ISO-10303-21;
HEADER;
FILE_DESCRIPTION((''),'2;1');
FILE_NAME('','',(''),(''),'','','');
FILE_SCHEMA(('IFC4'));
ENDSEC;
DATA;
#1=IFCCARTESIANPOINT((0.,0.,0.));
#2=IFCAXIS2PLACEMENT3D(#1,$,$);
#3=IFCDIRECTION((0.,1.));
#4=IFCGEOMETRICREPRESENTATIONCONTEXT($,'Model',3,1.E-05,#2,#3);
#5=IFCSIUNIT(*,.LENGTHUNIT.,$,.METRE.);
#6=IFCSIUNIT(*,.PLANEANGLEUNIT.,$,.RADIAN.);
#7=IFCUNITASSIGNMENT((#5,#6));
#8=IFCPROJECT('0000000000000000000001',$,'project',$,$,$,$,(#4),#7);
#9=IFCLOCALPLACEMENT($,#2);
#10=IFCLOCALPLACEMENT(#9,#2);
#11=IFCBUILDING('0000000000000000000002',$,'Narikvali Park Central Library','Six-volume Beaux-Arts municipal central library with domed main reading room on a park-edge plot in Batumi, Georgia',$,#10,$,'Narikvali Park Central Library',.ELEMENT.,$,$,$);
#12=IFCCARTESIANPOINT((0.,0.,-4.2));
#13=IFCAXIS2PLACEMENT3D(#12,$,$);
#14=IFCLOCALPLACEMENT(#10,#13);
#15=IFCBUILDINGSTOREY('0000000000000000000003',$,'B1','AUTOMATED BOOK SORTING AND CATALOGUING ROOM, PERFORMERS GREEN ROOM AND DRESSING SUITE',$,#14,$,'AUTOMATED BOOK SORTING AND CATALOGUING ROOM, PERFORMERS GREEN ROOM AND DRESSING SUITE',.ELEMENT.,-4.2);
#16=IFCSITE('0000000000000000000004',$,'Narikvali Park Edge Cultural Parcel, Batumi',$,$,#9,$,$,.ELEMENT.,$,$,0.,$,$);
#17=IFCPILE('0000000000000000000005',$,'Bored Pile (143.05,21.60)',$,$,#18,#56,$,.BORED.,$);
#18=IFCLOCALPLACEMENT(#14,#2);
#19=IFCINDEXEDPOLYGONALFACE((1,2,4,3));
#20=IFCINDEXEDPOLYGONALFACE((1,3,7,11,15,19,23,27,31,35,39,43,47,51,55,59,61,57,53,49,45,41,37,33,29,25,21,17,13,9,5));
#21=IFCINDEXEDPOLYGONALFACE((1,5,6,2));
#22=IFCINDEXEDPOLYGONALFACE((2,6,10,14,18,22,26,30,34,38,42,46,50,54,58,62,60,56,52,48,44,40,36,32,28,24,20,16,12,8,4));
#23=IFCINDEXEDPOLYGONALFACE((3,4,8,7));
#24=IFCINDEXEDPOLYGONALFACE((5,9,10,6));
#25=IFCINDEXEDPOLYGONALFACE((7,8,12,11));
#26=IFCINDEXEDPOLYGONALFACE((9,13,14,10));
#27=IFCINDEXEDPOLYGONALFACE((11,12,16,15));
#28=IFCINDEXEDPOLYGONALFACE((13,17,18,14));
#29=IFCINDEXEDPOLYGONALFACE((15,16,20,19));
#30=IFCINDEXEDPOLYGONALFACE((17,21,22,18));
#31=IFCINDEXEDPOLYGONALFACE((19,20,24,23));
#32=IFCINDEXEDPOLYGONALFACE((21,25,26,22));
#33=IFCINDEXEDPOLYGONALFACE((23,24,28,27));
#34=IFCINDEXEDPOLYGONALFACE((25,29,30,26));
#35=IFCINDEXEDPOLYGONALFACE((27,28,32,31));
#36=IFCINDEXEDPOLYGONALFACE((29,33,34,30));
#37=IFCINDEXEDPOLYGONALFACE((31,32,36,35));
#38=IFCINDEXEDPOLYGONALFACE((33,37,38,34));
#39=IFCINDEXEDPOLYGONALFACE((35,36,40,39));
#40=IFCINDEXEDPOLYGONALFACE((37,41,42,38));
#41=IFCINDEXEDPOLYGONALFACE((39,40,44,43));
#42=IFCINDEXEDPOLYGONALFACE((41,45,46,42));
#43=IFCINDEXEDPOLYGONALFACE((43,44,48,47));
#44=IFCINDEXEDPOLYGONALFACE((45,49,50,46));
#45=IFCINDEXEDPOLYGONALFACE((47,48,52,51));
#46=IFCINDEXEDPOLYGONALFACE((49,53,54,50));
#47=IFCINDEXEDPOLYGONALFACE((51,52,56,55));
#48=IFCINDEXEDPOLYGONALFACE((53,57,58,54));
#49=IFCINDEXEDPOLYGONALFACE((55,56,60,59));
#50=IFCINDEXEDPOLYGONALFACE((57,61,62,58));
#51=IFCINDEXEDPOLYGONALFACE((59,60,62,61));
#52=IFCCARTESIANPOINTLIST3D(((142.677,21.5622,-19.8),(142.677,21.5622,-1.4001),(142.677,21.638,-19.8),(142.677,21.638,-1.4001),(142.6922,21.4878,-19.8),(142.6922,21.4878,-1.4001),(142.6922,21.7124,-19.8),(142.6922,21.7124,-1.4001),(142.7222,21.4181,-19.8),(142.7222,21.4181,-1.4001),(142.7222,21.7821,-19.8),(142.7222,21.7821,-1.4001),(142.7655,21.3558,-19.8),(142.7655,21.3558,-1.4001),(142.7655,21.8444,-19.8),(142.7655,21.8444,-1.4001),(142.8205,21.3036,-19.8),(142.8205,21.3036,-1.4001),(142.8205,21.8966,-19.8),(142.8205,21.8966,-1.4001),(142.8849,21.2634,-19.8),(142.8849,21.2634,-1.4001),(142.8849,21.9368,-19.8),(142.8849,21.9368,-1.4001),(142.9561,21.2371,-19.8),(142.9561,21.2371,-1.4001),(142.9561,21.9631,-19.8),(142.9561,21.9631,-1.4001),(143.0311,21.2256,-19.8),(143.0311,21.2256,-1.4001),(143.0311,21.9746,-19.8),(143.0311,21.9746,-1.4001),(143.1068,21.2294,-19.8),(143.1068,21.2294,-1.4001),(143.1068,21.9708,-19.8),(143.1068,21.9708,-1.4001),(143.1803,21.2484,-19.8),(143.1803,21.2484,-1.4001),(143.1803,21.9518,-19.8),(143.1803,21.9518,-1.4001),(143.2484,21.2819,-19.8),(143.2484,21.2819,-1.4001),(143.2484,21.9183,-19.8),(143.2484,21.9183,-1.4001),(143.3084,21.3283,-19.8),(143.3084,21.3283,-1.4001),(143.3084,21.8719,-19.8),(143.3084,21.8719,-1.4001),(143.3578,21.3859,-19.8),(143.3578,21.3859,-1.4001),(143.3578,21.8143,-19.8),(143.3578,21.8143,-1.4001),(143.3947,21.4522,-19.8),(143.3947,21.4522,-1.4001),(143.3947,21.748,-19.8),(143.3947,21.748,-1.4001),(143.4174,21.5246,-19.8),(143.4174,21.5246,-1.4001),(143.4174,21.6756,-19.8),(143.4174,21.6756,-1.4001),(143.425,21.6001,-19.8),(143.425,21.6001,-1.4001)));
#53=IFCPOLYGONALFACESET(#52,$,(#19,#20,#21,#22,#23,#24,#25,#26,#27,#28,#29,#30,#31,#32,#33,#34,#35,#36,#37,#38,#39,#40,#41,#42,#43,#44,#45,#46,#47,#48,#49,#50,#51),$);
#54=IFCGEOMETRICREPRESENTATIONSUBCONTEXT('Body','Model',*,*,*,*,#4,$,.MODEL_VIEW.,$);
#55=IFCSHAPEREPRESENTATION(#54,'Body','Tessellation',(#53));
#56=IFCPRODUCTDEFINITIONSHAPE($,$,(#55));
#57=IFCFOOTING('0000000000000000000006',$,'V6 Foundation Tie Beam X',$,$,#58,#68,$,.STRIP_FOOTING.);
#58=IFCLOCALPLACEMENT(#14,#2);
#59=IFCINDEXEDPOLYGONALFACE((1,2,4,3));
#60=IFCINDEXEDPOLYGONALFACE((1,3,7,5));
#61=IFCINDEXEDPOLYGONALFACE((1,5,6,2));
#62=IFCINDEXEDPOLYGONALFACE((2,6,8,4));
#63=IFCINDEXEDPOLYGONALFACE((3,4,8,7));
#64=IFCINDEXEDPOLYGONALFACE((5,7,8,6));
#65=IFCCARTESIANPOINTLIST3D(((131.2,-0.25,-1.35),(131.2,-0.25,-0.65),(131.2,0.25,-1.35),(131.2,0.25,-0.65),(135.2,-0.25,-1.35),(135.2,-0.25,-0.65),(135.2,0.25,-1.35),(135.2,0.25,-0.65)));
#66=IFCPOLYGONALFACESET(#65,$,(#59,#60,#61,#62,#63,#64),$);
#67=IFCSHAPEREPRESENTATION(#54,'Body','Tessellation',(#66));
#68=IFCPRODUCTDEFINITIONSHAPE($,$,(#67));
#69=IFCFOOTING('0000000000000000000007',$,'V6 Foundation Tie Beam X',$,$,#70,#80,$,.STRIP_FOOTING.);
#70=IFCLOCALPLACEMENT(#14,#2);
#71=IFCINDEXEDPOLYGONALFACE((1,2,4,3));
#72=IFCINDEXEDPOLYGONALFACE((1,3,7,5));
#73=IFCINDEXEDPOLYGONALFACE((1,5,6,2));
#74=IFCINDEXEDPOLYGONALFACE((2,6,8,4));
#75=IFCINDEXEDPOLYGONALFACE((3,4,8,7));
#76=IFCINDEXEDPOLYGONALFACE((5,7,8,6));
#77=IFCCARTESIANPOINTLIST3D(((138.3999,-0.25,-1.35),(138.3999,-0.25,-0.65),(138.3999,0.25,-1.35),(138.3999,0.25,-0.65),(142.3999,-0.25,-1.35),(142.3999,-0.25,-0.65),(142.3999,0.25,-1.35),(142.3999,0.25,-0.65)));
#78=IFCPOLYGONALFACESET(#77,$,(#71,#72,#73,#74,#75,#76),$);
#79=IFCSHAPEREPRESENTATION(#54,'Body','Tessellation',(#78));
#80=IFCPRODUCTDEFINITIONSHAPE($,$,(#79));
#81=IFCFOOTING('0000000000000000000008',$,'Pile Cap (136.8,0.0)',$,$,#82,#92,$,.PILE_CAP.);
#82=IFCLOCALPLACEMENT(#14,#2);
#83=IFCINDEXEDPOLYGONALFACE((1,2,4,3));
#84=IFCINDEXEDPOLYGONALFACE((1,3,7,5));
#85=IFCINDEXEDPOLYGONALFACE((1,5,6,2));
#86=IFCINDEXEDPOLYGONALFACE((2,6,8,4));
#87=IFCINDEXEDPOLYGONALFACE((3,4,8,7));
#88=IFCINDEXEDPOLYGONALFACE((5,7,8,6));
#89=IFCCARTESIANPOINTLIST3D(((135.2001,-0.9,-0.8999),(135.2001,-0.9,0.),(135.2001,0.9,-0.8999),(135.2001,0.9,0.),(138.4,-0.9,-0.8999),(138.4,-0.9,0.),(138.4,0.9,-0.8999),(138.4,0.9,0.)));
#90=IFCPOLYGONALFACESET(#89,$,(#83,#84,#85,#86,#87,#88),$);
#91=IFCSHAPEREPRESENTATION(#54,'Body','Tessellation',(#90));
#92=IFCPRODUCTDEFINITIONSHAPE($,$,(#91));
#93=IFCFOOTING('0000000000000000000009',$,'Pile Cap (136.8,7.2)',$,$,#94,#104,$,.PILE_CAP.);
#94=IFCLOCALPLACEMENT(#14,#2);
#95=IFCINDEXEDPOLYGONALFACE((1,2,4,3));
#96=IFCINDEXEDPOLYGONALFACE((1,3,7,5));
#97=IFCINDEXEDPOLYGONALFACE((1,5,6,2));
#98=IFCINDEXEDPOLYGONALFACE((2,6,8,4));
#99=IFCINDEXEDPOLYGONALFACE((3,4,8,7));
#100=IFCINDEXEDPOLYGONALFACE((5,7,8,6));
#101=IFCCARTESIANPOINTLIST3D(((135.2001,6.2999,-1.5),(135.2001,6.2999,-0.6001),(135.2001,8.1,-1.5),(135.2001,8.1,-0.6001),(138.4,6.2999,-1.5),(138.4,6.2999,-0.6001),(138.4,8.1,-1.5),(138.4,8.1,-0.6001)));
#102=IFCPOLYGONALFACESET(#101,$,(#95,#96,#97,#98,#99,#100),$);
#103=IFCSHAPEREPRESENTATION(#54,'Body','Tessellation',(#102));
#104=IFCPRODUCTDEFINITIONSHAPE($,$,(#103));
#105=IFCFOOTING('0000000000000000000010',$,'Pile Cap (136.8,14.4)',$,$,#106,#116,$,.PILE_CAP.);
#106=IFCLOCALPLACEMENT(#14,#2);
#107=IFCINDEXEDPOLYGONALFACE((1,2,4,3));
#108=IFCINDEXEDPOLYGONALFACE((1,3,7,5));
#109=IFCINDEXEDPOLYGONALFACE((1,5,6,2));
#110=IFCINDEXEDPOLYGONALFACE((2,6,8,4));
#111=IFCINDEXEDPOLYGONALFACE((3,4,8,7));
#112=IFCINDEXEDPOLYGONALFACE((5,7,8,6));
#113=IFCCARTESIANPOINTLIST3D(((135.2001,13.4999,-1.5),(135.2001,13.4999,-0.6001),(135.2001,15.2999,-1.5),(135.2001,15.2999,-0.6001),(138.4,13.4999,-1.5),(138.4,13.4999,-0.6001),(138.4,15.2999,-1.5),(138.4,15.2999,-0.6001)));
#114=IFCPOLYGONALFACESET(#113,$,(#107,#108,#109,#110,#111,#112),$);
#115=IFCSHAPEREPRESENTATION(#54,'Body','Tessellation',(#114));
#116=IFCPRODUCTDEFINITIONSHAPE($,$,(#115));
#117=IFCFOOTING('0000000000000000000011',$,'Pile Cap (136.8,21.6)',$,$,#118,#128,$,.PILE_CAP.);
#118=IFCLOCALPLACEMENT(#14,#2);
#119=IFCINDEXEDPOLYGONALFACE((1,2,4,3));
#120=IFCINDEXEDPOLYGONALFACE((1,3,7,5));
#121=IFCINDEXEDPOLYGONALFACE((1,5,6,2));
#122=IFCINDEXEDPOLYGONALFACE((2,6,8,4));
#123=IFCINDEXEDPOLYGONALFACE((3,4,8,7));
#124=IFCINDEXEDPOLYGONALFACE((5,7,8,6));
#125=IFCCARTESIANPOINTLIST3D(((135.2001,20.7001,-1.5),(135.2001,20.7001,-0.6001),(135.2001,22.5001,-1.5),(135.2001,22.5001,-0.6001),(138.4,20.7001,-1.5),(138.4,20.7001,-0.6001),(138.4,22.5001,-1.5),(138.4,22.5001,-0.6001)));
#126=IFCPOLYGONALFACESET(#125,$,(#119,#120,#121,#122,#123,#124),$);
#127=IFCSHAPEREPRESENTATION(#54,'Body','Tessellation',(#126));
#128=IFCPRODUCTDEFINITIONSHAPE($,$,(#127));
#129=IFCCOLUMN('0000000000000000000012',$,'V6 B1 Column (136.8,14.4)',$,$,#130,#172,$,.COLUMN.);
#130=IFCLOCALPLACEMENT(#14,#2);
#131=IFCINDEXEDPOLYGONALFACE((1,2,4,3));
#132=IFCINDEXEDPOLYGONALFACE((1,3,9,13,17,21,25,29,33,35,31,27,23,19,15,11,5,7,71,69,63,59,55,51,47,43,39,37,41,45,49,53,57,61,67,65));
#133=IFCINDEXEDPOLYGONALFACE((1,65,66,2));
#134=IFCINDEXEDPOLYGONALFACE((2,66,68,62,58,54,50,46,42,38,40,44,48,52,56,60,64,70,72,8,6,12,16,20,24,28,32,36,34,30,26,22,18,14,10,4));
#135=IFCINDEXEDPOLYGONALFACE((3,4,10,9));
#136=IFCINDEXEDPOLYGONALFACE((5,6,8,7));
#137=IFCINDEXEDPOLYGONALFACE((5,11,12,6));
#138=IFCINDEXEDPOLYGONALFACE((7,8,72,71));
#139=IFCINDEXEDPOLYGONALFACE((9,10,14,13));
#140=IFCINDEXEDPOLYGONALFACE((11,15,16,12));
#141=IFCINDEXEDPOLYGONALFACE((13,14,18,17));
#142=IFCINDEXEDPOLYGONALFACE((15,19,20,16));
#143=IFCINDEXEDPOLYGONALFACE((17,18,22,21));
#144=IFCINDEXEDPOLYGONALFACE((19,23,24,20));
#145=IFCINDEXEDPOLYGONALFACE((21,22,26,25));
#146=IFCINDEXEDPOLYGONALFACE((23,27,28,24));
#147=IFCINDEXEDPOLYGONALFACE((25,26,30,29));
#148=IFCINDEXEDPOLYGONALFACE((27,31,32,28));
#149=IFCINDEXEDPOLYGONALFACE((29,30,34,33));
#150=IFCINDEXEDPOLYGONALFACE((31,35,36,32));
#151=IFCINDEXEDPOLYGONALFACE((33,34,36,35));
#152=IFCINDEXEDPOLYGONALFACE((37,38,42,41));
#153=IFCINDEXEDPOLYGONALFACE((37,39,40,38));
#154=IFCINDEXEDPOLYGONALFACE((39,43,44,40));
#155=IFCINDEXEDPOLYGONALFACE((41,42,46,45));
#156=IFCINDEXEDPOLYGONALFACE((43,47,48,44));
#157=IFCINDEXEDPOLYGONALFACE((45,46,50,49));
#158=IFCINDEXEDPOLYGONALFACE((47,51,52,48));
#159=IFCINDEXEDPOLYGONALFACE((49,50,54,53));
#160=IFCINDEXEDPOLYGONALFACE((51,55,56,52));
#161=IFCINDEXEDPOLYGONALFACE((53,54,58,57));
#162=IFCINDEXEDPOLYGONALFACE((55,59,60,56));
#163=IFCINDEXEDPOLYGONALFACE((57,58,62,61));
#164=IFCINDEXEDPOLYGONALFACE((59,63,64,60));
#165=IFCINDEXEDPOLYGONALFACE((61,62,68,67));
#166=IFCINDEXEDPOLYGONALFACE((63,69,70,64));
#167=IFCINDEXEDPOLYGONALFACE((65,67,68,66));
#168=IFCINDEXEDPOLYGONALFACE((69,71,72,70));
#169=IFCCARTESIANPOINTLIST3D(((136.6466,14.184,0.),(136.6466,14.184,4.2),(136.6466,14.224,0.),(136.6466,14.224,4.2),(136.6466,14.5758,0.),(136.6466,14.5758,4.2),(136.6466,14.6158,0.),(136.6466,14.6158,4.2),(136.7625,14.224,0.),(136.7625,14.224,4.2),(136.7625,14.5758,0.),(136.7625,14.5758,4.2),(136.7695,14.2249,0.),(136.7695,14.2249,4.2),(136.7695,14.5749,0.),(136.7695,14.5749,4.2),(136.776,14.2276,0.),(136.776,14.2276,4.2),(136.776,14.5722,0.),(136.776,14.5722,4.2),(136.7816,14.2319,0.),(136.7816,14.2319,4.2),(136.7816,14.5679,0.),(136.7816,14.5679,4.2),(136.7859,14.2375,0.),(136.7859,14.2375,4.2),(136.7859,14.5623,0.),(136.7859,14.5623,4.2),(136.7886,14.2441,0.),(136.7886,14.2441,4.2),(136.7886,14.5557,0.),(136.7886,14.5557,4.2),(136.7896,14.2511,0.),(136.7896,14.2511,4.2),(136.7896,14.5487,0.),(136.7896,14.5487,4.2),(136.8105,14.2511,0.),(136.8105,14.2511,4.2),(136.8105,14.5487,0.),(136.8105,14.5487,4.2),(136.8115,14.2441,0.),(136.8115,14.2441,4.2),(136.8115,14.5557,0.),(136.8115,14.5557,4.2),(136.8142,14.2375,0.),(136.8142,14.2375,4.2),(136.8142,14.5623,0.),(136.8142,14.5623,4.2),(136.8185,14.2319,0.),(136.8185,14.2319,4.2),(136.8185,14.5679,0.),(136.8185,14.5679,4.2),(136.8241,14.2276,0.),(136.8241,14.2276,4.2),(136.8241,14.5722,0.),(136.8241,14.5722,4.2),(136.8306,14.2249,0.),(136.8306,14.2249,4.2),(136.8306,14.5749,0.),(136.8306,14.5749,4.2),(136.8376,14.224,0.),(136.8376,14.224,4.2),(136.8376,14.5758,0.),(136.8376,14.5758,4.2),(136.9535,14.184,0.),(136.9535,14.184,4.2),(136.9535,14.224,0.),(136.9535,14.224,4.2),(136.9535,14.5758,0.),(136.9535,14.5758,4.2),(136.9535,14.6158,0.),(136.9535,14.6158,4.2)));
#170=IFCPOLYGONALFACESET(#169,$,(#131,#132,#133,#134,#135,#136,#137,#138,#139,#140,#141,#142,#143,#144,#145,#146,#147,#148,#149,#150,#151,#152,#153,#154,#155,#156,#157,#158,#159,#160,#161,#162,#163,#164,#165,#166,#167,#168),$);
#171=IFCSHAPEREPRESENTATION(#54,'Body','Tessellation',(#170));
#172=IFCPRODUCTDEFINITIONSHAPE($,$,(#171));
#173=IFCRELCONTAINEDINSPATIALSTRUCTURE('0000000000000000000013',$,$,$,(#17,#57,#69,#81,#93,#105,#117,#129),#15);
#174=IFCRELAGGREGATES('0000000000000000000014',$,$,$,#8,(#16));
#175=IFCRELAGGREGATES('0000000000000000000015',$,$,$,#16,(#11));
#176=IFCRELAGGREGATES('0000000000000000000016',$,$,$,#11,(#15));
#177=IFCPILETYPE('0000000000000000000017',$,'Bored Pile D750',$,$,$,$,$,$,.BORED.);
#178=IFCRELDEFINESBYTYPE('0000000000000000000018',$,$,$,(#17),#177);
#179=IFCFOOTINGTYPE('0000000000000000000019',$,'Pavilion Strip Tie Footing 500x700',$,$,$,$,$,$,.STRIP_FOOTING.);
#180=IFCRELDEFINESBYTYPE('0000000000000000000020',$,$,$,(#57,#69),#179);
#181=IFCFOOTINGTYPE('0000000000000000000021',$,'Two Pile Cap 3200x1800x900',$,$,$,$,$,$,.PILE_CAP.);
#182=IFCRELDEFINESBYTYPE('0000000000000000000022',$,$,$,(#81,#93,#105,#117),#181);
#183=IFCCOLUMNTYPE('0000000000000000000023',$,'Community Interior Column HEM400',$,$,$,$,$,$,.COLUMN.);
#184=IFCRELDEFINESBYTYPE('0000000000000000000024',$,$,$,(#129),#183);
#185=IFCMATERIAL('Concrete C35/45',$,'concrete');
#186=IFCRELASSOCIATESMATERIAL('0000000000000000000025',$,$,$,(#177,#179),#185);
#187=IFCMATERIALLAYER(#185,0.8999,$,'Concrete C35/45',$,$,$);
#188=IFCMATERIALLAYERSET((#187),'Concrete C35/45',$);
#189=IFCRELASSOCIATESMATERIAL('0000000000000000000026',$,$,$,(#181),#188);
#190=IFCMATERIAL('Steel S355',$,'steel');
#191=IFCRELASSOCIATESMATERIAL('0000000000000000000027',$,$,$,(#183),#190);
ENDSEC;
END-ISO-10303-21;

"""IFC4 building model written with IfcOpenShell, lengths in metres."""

from ifc_helpers import new_model, si_unit, direction, frame, origin, origin_2d, place, context, subcontext, project, spatial, rectangle, circle, i_section, extrude, material, layer, layer_set, material_profile, profile_set, type_object, element, save


model = new_model("IFC4")

# Units and contexts
model_context = context("Model", 3, precision=1e-05, world=origin(), true_north=direction((0.0, 1.0)))
body_context = subcontext(model_context, "Body", "Model", "MODEL_VIEW")
ifc_project = project(units=[si_unit("LENGTHUNIT", "METRE"), si_unit("PLANEANGLEUNIT", "RADIAN")], contexts=[model_context])

# Site, building, storey
site_placement = place(None, origin())
site = spatial("IfcSite", under=ifc_project, at=site_placement, Name="Narikvali Park Edge Cultural Parcel, Batumi", CompositionType="ELEMENT", RefElevation=0.0)
building_placement = place(site_placement, origin())
building = spatial("IfcBuilding", under=site, at=building_placement, Name="Narikvali Park Central Library", Description="Six-volume Beaux-Arts municipal central library with domed main reading room on a park-edge plot in Batumi, Georgia", LongName="Narikvali Park Central Library", CompositionType="ELEMENT")
storey_placement = place(building_placement, frame((0.0, 0.0, -4.2)))
storey = spatial("IfcBuildingStorey", under=building, at=storey_placement, Name="B1", Description="AUTOMATED BOOK SORTING AND CATALOGUING ROOM, PERFORMERS GREEN ROOM AND DRESSING SUITE", LongName="AUTOMATED BOOK SORTING AND CATALOGUING ROOM, PERFORMERS GREEN ROOM AND DRESSING SUITE", CompositionType="ELEMENT", Elevation=-4.2)

# Pile
ifc_material_1 = material(Name="Concrete C35/45", Category="concrete")
ifc_material_profile_1 = material_profile(ifc_material_1, circle(Radius=0.375, at=origin_2d()), Name="PILE D750")
ifc_profile_set_1 = profile_set([ifc_material_profile_1], Name="Concrete C35/45")
pile_type = type_object("IfcPileType", Name="Bored Pile D750", PredefinedType="BORED", material=ifc_profile_set_1)
for number, where, z_axis, x_axis, name in (
    (1, (143.05, 21.6001, -1.4001), (0.0, 0.0, -1.0), (1.0, 0.0, 0.0), "Bored Pile (143.05,21.60)"),
):
    element("IfcPile", number, at=place(storey_placement, frame(where, z_axis=z_axis, x_axis=x_axis)), inside=storey, type_object=pile_type, Name=name, PredefinedType="BORED", context=body_context, shape_type="SweptSolid", body=[
        extrude(circle(Radius=0.375, at=origin_2d()), origin(), (0.0, 0.0, 1.0), 18.3999),
    ])

# Footings
ifc_material_profile_2 = material_profile(ifc_material_1, rectangle(XDim=0.5, YDim=0.7, at=origin_2d()), Name="RC GB 500x700")
ifc_profile_set_2 = profile_set([ifc_material_profile_2], Name="Concrete C35/45")
footing_type_1 = type_object("IfcFootingType", Name="Pavilion Strip Tie Footing 500x700", PredefinedType="STRIP_FOOTING", material=ifc_profile_set_2)
for number, where, z_axis, x_axis, name in (
    (2, (131.2, 0.0, -1.0), (1.0, 0.0, 0.0), (0.0, 1.0, 0.0), "V6 Foundation Tie Beam X"),
    (3, (138.3999, 0.0, -1.0), (1.0, 0.0, 0.0), (0.0, 1.0, 0.0), "V6 Foundation Tie Beam X"),
):
    element("IfcFooting", number, at=place(storey_placement, frame(where, z_axis=z_axis, x_axis=x_axis)), inside=storey, type_object=footing_type_1, Name=name, PredefinedType="STRIP_FOOTING", context=body_context, shape_type="SweptSolid", body=[
        extrude(rectangle(XDim=0.5, YDim=0.7, at=origin_2d()), origin(), (0.0, 0.0, 1.0), 4.0),
    ])
ifc_layer_1 = layer(ifc_material_1, 0.8999, Name="Concrete C35/45")
ifc_layer_set_1 = layer_set([ifc_layer_1], Name="Concrete C35/45")
footing_type_2 = type_object("IfcFootingType", Name="Two Pile Cap 3200x1800x900", PredefinedType="PILE_CAP", material=ifc_layer_set_1)
for number, where, z_axis, x_axis, name in (
    (4, (136.8, 0.0, -0.8999), (0.0, 0.0, 1.0), (1.0, 0.0, 0.0), "Pile Cap (136.8,0.0)"),
    (5, (136.8, 7.2, -1.5), (0.0, 0.0, 1.0), (1.0, 0.0, 0.0), "Pile Cap (136.8,7.2)"),
    (6, (136.8, 14.3999, -1.5), (0.0, 0.0, 1.0), (1.0, 0.0, 0.0), "Pile Cap (136.8,14.4)"),
    (7, (136.8, 21.6001, -1.5), (0.0, 0.0, 1.0), (1.0, 0.0, 0.0), "Pile Cap (136.8,21.6)"),
):
    element("IfcFooting", number, at=place(storey_placement, frame(where, z_axis=z_axis, x_axis=x_axis)), inside=storey, type_object=footing_type_2, Name=name, PredefinedType="PILE_CAP", context=body_context, shape_type="SweptSolid", body=[
        extrude(rectangle(XDim=3.2, YDim=1.8, at=origin_2d()), origin(), (0.0, 0.0, 1.0), 0.8999),
    ])

# Column
ifc_material_2 = material(Name="Steel S355", Category="steel")
ifc_material_profile_3 = material_profile(ifc_material_2, i_section(OverallWidth=0.3069, OverallDepth=0.4319, WebThickness=0.021, FlangeThickness=0.04, FilletRadius=0.0271, at=origin_2d()), Name="HEM 400")
ifc_profile_set_3 = profile_set([ifc_material_profile_3], Name="Steel S355")
column_type_1 = type_object("IfcColumnType", Name="Community Interior Column HEM400", PredefinedType="COLUMN", material=ifc_profile_set_3)
for number, where, z_axis, x_axis, name in (
    (8, (136.8, 14.3999, 0.0), (0.0, 0.0, 1.0), (1.0, 0.0, 0.0), "V6 B1 Column (136.8,14.4)"),
):
    element("IfcColumn", number, at=place(storey_placement, frame(where, z_axis=z_axis, x_axis=x_axis)), inside=storey, type_object=column_type_1, Name=name, PredefinedType="COLUMN", context=body_context, shape_type="SweptSolid", body=[
        extrude(i_section(OverallWidth=0.3069, OverallDepth=0.4319, WebThickness=0.021, FlangeThickness=0.04, FilletRadius=0.0271, at=origin_2d()), origin(), (0.0, 0.0, 1.0), 4.2),
    ])

save(model, "model.ifc")
